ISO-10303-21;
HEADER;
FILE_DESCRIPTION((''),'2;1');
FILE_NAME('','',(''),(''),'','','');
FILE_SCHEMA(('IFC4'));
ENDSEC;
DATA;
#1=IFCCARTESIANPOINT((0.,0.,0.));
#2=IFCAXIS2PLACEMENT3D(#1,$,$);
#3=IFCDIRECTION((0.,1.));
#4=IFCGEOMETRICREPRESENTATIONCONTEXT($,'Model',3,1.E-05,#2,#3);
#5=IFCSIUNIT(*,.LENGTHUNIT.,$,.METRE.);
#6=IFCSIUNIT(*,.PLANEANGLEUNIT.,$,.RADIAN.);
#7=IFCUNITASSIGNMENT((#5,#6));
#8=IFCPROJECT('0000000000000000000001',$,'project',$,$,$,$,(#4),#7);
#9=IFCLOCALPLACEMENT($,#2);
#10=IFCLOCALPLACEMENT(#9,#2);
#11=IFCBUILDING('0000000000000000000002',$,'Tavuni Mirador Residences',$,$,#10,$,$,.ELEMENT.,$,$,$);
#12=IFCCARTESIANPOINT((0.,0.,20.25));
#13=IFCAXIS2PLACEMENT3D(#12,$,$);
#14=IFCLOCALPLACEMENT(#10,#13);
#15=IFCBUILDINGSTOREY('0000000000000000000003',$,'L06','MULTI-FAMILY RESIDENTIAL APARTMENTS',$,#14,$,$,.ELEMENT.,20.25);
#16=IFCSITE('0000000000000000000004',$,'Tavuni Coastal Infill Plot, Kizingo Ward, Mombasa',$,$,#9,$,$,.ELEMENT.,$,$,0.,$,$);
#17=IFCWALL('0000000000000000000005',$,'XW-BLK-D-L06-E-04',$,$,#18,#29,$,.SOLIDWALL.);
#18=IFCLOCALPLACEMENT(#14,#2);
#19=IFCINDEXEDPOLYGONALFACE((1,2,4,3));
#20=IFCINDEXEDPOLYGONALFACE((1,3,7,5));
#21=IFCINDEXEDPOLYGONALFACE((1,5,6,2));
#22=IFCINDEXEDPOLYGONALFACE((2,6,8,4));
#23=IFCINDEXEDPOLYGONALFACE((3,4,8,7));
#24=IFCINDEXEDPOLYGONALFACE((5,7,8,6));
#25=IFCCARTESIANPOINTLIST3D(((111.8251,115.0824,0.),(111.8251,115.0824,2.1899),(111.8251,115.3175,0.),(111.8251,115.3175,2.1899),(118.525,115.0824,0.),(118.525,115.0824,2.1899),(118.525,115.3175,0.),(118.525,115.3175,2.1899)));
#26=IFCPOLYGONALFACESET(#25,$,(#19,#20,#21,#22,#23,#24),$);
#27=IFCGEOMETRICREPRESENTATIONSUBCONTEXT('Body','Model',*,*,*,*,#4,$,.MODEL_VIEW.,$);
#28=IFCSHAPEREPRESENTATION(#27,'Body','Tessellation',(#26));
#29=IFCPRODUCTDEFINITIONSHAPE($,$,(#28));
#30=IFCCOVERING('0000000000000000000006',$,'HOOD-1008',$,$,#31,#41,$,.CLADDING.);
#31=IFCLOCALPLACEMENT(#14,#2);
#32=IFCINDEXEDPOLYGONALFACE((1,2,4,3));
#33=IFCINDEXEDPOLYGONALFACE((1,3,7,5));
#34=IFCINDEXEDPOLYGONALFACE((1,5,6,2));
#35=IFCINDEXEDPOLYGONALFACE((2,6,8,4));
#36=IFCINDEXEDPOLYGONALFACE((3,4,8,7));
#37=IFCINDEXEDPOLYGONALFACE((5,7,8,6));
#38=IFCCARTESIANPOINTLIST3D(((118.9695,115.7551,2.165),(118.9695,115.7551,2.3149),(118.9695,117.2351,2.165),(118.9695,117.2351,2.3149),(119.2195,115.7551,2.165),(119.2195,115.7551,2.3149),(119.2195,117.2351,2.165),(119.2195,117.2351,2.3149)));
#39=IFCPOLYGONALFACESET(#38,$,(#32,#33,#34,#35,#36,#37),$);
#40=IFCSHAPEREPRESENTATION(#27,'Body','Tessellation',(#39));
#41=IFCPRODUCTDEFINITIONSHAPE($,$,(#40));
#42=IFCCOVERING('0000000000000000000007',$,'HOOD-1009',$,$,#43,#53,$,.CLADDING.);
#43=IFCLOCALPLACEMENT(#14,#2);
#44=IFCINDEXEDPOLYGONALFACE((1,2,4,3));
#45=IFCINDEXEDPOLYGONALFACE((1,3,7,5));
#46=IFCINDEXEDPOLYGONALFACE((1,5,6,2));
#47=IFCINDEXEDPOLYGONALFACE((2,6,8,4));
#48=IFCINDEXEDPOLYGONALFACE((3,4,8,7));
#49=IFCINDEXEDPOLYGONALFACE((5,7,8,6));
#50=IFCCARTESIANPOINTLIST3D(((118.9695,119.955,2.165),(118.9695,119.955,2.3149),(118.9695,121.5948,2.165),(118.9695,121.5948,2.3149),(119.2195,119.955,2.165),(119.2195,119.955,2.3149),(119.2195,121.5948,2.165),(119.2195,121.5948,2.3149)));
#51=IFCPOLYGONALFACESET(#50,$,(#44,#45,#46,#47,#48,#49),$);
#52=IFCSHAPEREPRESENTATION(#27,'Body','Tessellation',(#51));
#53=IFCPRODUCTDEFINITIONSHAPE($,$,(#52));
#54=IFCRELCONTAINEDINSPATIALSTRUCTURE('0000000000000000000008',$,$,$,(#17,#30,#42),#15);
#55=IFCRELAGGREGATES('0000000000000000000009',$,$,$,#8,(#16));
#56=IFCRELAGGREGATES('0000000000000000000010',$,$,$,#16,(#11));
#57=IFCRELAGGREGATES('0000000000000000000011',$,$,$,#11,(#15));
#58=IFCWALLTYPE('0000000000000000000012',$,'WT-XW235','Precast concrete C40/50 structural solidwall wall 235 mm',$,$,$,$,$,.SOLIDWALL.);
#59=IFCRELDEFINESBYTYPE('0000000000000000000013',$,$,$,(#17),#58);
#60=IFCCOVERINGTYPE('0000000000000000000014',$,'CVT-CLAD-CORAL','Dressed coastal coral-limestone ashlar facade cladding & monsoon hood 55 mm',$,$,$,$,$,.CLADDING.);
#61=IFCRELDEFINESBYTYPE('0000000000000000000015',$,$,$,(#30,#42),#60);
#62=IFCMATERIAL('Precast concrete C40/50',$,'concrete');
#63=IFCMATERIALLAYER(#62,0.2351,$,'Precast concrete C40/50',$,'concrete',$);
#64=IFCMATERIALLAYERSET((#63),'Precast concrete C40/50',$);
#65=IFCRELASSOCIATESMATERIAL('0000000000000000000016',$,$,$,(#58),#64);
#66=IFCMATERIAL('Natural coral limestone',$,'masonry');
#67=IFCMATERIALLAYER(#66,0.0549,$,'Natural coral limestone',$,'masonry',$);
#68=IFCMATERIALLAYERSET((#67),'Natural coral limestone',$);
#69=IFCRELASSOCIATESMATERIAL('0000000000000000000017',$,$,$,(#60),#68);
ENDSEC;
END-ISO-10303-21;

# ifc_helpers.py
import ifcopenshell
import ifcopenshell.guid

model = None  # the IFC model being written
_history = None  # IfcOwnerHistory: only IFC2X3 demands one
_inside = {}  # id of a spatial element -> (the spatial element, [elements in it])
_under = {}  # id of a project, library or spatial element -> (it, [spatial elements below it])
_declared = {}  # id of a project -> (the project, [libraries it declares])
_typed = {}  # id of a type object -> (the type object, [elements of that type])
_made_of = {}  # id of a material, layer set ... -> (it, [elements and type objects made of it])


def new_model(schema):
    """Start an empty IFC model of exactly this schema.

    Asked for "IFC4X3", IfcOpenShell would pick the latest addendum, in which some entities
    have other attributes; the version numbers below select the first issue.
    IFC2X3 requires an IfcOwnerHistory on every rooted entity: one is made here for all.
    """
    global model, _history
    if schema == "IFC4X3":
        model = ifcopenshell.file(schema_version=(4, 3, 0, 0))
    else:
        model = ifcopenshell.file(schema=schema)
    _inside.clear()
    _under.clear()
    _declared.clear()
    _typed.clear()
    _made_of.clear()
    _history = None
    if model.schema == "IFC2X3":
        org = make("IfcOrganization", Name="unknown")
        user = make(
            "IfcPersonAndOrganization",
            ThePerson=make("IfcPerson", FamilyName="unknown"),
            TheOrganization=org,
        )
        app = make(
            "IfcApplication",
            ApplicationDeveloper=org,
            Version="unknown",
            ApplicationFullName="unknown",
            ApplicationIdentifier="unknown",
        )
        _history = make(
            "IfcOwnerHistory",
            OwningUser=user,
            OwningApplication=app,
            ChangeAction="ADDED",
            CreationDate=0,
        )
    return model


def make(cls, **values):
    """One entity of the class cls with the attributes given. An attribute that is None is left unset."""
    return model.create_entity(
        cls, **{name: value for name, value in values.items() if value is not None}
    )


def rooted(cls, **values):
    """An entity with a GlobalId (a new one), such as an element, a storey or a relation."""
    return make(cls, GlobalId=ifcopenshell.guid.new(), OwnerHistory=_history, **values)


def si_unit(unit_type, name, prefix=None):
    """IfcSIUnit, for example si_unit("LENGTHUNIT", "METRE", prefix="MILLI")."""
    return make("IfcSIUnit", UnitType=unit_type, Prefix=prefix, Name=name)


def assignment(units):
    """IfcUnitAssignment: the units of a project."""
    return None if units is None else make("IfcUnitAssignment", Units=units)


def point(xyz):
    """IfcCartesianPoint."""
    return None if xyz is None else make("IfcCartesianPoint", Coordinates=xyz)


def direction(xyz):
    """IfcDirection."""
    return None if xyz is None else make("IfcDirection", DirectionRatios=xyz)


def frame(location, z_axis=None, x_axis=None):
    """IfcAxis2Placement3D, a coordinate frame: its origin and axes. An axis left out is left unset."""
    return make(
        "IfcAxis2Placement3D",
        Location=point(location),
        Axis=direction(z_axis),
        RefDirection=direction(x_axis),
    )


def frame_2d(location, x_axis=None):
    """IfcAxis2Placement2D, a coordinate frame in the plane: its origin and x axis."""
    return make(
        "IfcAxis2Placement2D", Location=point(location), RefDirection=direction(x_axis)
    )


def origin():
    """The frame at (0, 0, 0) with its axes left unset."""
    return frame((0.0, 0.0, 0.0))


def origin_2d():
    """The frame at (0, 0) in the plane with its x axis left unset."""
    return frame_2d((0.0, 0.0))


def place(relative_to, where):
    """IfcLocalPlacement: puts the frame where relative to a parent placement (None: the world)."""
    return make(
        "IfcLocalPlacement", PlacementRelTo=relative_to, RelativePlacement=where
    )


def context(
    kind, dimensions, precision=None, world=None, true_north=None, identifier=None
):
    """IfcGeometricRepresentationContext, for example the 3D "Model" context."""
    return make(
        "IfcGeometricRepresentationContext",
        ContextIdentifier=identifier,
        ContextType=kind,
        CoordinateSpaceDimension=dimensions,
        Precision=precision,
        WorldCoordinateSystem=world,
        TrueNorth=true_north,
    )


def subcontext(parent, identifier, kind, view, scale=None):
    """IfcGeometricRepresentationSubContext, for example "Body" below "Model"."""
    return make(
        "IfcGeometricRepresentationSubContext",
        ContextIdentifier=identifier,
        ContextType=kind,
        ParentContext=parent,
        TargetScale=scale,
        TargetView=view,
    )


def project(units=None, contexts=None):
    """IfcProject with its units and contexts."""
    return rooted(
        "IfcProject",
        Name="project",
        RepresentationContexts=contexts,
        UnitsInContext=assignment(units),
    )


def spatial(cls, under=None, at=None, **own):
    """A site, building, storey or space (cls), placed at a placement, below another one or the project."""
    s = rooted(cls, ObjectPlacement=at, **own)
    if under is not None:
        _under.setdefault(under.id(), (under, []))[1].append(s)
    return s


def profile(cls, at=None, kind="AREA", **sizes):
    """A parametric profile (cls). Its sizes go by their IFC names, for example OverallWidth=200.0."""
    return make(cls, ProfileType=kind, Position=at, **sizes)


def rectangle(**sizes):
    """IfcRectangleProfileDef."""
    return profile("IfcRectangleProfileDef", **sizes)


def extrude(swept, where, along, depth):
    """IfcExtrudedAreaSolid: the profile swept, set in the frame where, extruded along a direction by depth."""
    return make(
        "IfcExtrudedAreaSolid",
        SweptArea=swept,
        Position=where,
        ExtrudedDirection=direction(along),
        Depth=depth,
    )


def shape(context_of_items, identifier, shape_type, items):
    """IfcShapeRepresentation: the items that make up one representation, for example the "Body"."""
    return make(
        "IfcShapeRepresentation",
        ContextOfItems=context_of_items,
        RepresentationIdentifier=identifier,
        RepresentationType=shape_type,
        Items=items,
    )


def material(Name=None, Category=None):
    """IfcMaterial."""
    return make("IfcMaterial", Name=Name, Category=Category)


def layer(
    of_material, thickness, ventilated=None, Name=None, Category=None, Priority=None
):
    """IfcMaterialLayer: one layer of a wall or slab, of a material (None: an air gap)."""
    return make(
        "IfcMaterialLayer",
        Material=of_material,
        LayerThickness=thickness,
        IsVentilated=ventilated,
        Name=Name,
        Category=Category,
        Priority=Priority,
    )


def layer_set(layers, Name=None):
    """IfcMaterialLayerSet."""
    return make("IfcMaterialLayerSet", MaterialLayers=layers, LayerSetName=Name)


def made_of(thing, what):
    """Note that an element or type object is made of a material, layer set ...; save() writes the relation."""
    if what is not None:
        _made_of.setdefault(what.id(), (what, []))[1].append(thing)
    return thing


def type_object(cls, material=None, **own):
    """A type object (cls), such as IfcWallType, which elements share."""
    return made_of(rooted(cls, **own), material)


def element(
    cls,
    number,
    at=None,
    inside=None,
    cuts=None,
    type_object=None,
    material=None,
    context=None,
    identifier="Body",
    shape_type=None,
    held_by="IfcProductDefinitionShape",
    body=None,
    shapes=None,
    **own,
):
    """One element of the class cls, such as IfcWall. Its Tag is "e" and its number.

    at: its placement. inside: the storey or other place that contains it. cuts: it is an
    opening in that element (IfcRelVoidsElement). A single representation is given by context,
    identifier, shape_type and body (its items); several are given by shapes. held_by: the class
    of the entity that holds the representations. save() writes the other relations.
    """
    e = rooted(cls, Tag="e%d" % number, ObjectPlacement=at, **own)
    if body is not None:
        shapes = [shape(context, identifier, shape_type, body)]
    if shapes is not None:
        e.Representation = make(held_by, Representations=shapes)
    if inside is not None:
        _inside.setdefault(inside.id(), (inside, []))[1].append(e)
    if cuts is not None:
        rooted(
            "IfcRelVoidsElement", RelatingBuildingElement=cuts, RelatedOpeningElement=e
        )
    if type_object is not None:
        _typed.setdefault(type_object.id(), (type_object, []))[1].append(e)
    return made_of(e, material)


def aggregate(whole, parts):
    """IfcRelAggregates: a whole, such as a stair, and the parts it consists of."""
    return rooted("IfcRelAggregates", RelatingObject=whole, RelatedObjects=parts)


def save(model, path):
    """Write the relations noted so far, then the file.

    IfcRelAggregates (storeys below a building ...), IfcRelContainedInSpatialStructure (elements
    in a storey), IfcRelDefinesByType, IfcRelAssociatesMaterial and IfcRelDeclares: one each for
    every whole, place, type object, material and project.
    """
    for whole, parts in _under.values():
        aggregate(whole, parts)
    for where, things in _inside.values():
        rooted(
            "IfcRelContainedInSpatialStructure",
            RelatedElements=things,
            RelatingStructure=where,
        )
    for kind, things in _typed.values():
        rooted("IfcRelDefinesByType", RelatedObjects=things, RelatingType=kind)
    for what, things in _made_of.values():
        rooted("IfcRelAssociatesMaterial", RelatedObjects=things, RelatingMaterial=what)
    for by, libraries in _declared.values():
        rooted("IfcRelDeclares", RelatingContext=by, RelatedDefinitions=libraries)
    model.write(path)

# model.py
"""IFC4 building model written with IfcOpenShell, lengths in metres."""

from ifc_helpers import new_model, si_unit, direction, frame, frame_2d, origin, origin_2d, place, context, subcontext, project, spatial, rectangle, extrude, material, layer, layer_set, type_object, element, save


model = new_model("IFC4")

# Units and contexts
model_context = context("Model", 3, precision=1e-05, world=origin(), true_north=direction((0.0, 1.0)))
body_context = subcontext(model_context, "Body", "Model", "MODEL_VIEW")
ifc_project = project(units=[si_unit("LENGTHUNIT", "METRE"), si_unit("PLANEANGLEUNIT", "RADIAN")], contexts=[model_context])

# Site, building, storey
site_placement = place(None, origin())
site = spatial("IfcSite", under=ifc_project, at=site_placement, Name="Tavuni Coastal Infill Plot, Kizingo Ward, Mombasa", CompositionType="ELEMENT", RefElevation=0.0)
building_placement = place(site_placement, origin())
building = spatial("IfcBuilding", under=site, at=building_placement, Name="Tavuni Mirador Residences", CompositionType="ELEMENT")
storey_placement = place(building_placement, frame((0.0, 0.0, 20.25)))
storey = spatial("IfcBuildingStorey", under=building, at=storey_placement, Name="L06", Description="MULTI-FAMILY RESIDENTIAL APARTMENTS", CompositionType="ELEMENT", Elevation=20.25)

# Shared definitions
ifc_material_1 = material(Name="Precast concrete C40/50", Category="concrete")

# Wall
ifc_layer_1 = layer(ifc_material_1, 0.2351, Name="Precast concrete C40/50", Category="concrete")
ifc_layer_set_1 = layer_set([ifc_layer_1], Name="Precast concrete C40/50")
wall_type_1 = type_object("IfcWallType", Name="WT-XW235", Description="Precast concrete C40/50 structural solidwall wall 235 mm", PredefinedType="SOLIDWALL", material=ifc_layer_set_1)
wall_1_placement = place(storey_placement, frame((111.825, 115.2, 0.0), z_axis=(0.0, 0.0, 1.0), x_axis=(1.0, 0.0, 0.0)))
element("IfcWall", 1, at=wall_1_placement, inside=storey, type_object=wall_type_1, Name="XW-BLK-D-L06-E-04", PredefinedType="SOLIDWALL", context=body_context, shape_type="SweptSolid", body=[
    extrude(rectangle(XDim=6.7, YDim=0.2351, at=frame_2d((3.3501, 0.0))), origin(), (0.0, 0.0, 1.0), 2.1899),
])

# Coverings
ifc_material_2 = material(Name="Natural coral limestone", Category="masonry")
ifc_layer_2 = layer(ifc_material_2, 0.0549, Name="Natural coral limestone", Category="masonry")
ifc_layer_set_2 = layer_set([ifc_layer_2], Name="Natural coral limestone")
covering_type = type_object("IfcCoveringType", Name="CVT-CLAD-CORAL", Description="Dressed coastal coral-limestone ashlar facade cladding & monsoon hood 55 mm", PredefinedType="CLADDING", material=ifc_layer_set_2)
covering_1_placement = place(storey_placement, frame((119.0945, 116.4951, 2.165), z_axis=(0.0, 0.0, 1.0), x_axis=(0.0, 1.0, 0.0)))
element("IfcCovering", 2, at=covering_1_placement, inside=storey, type_object=covering_type, Name="HOOD-1008", PredefinedType="CLADDING", context=body_context, shape_type="SweptSolid", body=[
    extrude(rectangle(XDim=1.48, YDim=0.25, at=origin_2d()), origin(), (0.0, 0.0, 1.0), 0.1499),
])
covering_2_placement = place(storey_placement, frame((119.0945, 120.7749, 2.165), z_axis=(0.0, 0.0, 1.0), x_axis=(0.0, 1.0, 0.0)))
element("IfcCovering", 3, at=covering_2_placement, inside=storey, type_object=covering_type, Name="HOOD-1009", PredefinedType="CLADDING", context=body_context, shape_type="SweptSolid", body=[
    extrude(rectangle(XDim=1.6399, YDim=0.25, at=origin_2d()), origin(), (0.0, 0.0, 1.0), 0.1499),
])

save(model, "model.ifc")
